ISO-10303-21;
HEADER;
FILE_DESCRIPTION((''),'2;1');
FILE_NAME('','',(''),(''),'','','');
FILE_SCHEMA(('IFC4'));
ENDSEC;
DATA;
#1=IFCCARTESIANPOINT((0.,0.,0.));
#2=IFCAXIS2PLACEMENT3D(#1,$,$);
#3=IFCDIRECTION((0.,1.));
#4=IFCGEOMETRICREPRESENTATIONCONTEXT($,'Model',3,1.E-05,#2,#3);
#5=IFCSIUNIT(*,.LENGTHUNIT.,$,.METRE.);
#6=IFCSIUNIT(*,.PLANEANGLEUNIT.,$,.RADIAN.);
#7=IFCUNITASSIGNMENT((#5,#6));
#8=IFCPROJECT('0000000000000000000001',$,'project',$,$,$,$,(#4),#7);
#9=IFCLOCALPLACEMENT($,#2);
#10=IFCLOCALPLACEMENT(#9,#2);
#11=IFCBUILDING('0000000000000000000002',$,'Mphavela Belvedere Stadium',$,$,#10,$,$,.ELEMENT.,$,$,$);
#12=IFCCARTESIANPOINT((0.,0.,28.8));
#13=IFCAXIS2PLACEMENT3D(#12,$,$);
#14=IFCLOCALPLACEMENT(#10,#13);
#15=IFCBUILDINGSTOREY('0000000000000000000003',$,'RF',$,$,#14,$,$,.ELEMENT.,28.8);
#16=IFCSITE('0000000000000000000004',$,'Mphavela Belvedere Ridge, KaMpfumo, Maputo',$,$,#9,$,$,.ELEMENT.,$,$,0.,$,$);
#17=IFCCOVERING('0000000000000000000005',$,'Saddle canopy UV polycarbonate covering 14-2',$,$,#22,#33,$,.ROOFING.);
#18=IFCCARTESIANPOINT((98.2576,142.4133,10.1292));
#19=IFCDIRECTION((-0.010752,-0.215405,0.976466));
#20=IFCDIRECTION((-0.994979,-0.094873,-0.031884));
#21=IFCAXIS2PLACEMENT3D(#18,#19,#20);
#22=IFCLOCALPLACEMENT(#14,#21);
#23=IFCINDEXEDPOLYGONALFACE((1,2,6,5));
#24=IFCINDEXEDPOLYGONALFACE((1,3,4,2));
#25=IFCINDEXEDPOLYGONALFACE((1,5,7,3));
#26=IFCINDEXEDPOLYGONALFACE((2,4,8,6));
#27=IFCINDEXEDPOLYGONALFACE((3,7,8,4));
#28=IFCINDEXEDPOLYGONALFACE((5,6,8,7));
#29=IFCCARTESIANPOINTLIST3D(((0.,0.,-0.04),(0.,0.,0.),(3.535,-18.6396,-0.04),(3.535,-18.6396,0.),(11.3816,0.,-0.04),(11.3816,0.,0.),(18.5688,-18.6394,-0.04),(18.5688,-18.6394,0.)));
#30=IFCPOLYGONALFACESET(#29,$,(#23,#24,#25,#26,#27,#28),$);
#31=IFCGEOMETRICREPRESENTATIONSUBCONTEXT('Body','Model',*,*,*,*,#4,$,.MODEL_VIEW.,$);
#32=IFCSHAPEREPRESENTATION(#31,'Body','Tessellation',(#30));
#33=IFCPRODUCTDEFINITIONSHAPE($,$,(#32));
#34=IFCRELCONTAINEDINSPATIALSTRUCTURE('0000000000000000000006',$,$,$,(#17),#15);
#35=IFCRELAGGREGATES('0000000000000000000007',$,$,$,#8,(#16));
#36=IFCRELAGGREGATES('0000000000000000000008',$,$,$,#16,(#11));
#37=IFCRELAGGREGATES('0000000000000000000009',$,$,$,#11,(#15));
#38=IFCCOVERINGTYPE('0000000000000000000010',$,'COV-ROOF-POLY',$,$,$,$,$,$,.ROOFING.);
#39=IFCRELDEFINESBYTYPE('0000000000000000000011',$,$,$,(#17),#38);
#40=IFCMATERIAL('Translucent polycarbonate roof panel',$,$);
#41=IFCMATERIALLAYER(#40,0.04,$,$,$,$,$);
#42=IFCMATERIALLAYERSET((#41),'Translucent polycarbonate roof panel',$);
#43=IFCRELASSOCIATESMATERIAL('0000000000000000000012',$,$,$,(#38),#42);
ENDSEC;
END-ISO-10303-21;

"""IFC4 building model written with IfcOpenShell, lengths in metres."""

from ifc_helpers import new_model, si_unit, direction, frame, origin, place, context, subcontext, project, spatial, polyline, outline, extrude, material, layer, layer_set, type_object, element, save


model = new_model("IFC4")

# Units and contexts
model_context = context("Model", 3, precision=1e-05, world=origin(), true_north=direction((0.0, 1.0)))
body_context = subcontext(model_context, "Body", "Model", "MODEL_VIEW")
ifc_project = project(units=[si_unit("LENGTHUNIT", "METRE"), si_unit("PLANEANGLEUNIT", "RADIAN")], contexts=[model_context])

# Site, building, storey
site_placement = place(None, origin())
site = spatial("IfcSite", under=ifc_project, at=site_placement, Name="Mphavela Belvedere Ridge, KaMpfumo, Maputo", CompositionType="ELEMENT", RefElevation=0.0)
building_placement = place(site_placement, origin())
building = spatial("IfcBuilding", under=site, at=building_placement, Name="Mphavela Belvedere Stadium", CompositionType="ELEMENT")
storey_placement = place(building_placement, frame((0.0, 0.0, 28.8)))
storey = spatial("IfcBuildingStorey", under=building, at=storey_placement, Name="RF", CompositionType="ELEMENT", Elevation=28.8)

# Covering
ifc_material_1 = material(Name="Translucent polycarbonate roof panel")
ifc_layer_1 = layer(ifc_material_1, 0.04)
ifc_layer_set_1 = layer_set([ifc_layer_1], Name="Translucent polycarbonate roof panel")
covering_type = type_object("IfcCoveringType", Name="COV-ROOF-POLY", PredefinedType="ROOFING", material=ifc_layer_set_1)
covering_1_placement = place(storey_placement, frame((98.2576, 142.4133, 10.1292), z_axis=(-0.010752, -0.215405, 0.976466), x_axis=(-0.994979, -0.094873, -0.031884)))
element("IfcCovering", 1, at=covering_1_placement, inside=storey, type_object=covering_type, Name="Saddle canopy UV polycarbonate covering 14-2", PredefinedType="ROOFING", context=body_context, shape_type="SweptSolid", body=[
    extrude(outline(polyline([(0.0, 0.0), (11.3816, 0.0), (18.5688, -18.6394), (3.535, -18.6396), (0.0, 0.0)])), origin(), (0.0, 0.0, -1.0), 0.04),
])

save(model, "model.ifc")
